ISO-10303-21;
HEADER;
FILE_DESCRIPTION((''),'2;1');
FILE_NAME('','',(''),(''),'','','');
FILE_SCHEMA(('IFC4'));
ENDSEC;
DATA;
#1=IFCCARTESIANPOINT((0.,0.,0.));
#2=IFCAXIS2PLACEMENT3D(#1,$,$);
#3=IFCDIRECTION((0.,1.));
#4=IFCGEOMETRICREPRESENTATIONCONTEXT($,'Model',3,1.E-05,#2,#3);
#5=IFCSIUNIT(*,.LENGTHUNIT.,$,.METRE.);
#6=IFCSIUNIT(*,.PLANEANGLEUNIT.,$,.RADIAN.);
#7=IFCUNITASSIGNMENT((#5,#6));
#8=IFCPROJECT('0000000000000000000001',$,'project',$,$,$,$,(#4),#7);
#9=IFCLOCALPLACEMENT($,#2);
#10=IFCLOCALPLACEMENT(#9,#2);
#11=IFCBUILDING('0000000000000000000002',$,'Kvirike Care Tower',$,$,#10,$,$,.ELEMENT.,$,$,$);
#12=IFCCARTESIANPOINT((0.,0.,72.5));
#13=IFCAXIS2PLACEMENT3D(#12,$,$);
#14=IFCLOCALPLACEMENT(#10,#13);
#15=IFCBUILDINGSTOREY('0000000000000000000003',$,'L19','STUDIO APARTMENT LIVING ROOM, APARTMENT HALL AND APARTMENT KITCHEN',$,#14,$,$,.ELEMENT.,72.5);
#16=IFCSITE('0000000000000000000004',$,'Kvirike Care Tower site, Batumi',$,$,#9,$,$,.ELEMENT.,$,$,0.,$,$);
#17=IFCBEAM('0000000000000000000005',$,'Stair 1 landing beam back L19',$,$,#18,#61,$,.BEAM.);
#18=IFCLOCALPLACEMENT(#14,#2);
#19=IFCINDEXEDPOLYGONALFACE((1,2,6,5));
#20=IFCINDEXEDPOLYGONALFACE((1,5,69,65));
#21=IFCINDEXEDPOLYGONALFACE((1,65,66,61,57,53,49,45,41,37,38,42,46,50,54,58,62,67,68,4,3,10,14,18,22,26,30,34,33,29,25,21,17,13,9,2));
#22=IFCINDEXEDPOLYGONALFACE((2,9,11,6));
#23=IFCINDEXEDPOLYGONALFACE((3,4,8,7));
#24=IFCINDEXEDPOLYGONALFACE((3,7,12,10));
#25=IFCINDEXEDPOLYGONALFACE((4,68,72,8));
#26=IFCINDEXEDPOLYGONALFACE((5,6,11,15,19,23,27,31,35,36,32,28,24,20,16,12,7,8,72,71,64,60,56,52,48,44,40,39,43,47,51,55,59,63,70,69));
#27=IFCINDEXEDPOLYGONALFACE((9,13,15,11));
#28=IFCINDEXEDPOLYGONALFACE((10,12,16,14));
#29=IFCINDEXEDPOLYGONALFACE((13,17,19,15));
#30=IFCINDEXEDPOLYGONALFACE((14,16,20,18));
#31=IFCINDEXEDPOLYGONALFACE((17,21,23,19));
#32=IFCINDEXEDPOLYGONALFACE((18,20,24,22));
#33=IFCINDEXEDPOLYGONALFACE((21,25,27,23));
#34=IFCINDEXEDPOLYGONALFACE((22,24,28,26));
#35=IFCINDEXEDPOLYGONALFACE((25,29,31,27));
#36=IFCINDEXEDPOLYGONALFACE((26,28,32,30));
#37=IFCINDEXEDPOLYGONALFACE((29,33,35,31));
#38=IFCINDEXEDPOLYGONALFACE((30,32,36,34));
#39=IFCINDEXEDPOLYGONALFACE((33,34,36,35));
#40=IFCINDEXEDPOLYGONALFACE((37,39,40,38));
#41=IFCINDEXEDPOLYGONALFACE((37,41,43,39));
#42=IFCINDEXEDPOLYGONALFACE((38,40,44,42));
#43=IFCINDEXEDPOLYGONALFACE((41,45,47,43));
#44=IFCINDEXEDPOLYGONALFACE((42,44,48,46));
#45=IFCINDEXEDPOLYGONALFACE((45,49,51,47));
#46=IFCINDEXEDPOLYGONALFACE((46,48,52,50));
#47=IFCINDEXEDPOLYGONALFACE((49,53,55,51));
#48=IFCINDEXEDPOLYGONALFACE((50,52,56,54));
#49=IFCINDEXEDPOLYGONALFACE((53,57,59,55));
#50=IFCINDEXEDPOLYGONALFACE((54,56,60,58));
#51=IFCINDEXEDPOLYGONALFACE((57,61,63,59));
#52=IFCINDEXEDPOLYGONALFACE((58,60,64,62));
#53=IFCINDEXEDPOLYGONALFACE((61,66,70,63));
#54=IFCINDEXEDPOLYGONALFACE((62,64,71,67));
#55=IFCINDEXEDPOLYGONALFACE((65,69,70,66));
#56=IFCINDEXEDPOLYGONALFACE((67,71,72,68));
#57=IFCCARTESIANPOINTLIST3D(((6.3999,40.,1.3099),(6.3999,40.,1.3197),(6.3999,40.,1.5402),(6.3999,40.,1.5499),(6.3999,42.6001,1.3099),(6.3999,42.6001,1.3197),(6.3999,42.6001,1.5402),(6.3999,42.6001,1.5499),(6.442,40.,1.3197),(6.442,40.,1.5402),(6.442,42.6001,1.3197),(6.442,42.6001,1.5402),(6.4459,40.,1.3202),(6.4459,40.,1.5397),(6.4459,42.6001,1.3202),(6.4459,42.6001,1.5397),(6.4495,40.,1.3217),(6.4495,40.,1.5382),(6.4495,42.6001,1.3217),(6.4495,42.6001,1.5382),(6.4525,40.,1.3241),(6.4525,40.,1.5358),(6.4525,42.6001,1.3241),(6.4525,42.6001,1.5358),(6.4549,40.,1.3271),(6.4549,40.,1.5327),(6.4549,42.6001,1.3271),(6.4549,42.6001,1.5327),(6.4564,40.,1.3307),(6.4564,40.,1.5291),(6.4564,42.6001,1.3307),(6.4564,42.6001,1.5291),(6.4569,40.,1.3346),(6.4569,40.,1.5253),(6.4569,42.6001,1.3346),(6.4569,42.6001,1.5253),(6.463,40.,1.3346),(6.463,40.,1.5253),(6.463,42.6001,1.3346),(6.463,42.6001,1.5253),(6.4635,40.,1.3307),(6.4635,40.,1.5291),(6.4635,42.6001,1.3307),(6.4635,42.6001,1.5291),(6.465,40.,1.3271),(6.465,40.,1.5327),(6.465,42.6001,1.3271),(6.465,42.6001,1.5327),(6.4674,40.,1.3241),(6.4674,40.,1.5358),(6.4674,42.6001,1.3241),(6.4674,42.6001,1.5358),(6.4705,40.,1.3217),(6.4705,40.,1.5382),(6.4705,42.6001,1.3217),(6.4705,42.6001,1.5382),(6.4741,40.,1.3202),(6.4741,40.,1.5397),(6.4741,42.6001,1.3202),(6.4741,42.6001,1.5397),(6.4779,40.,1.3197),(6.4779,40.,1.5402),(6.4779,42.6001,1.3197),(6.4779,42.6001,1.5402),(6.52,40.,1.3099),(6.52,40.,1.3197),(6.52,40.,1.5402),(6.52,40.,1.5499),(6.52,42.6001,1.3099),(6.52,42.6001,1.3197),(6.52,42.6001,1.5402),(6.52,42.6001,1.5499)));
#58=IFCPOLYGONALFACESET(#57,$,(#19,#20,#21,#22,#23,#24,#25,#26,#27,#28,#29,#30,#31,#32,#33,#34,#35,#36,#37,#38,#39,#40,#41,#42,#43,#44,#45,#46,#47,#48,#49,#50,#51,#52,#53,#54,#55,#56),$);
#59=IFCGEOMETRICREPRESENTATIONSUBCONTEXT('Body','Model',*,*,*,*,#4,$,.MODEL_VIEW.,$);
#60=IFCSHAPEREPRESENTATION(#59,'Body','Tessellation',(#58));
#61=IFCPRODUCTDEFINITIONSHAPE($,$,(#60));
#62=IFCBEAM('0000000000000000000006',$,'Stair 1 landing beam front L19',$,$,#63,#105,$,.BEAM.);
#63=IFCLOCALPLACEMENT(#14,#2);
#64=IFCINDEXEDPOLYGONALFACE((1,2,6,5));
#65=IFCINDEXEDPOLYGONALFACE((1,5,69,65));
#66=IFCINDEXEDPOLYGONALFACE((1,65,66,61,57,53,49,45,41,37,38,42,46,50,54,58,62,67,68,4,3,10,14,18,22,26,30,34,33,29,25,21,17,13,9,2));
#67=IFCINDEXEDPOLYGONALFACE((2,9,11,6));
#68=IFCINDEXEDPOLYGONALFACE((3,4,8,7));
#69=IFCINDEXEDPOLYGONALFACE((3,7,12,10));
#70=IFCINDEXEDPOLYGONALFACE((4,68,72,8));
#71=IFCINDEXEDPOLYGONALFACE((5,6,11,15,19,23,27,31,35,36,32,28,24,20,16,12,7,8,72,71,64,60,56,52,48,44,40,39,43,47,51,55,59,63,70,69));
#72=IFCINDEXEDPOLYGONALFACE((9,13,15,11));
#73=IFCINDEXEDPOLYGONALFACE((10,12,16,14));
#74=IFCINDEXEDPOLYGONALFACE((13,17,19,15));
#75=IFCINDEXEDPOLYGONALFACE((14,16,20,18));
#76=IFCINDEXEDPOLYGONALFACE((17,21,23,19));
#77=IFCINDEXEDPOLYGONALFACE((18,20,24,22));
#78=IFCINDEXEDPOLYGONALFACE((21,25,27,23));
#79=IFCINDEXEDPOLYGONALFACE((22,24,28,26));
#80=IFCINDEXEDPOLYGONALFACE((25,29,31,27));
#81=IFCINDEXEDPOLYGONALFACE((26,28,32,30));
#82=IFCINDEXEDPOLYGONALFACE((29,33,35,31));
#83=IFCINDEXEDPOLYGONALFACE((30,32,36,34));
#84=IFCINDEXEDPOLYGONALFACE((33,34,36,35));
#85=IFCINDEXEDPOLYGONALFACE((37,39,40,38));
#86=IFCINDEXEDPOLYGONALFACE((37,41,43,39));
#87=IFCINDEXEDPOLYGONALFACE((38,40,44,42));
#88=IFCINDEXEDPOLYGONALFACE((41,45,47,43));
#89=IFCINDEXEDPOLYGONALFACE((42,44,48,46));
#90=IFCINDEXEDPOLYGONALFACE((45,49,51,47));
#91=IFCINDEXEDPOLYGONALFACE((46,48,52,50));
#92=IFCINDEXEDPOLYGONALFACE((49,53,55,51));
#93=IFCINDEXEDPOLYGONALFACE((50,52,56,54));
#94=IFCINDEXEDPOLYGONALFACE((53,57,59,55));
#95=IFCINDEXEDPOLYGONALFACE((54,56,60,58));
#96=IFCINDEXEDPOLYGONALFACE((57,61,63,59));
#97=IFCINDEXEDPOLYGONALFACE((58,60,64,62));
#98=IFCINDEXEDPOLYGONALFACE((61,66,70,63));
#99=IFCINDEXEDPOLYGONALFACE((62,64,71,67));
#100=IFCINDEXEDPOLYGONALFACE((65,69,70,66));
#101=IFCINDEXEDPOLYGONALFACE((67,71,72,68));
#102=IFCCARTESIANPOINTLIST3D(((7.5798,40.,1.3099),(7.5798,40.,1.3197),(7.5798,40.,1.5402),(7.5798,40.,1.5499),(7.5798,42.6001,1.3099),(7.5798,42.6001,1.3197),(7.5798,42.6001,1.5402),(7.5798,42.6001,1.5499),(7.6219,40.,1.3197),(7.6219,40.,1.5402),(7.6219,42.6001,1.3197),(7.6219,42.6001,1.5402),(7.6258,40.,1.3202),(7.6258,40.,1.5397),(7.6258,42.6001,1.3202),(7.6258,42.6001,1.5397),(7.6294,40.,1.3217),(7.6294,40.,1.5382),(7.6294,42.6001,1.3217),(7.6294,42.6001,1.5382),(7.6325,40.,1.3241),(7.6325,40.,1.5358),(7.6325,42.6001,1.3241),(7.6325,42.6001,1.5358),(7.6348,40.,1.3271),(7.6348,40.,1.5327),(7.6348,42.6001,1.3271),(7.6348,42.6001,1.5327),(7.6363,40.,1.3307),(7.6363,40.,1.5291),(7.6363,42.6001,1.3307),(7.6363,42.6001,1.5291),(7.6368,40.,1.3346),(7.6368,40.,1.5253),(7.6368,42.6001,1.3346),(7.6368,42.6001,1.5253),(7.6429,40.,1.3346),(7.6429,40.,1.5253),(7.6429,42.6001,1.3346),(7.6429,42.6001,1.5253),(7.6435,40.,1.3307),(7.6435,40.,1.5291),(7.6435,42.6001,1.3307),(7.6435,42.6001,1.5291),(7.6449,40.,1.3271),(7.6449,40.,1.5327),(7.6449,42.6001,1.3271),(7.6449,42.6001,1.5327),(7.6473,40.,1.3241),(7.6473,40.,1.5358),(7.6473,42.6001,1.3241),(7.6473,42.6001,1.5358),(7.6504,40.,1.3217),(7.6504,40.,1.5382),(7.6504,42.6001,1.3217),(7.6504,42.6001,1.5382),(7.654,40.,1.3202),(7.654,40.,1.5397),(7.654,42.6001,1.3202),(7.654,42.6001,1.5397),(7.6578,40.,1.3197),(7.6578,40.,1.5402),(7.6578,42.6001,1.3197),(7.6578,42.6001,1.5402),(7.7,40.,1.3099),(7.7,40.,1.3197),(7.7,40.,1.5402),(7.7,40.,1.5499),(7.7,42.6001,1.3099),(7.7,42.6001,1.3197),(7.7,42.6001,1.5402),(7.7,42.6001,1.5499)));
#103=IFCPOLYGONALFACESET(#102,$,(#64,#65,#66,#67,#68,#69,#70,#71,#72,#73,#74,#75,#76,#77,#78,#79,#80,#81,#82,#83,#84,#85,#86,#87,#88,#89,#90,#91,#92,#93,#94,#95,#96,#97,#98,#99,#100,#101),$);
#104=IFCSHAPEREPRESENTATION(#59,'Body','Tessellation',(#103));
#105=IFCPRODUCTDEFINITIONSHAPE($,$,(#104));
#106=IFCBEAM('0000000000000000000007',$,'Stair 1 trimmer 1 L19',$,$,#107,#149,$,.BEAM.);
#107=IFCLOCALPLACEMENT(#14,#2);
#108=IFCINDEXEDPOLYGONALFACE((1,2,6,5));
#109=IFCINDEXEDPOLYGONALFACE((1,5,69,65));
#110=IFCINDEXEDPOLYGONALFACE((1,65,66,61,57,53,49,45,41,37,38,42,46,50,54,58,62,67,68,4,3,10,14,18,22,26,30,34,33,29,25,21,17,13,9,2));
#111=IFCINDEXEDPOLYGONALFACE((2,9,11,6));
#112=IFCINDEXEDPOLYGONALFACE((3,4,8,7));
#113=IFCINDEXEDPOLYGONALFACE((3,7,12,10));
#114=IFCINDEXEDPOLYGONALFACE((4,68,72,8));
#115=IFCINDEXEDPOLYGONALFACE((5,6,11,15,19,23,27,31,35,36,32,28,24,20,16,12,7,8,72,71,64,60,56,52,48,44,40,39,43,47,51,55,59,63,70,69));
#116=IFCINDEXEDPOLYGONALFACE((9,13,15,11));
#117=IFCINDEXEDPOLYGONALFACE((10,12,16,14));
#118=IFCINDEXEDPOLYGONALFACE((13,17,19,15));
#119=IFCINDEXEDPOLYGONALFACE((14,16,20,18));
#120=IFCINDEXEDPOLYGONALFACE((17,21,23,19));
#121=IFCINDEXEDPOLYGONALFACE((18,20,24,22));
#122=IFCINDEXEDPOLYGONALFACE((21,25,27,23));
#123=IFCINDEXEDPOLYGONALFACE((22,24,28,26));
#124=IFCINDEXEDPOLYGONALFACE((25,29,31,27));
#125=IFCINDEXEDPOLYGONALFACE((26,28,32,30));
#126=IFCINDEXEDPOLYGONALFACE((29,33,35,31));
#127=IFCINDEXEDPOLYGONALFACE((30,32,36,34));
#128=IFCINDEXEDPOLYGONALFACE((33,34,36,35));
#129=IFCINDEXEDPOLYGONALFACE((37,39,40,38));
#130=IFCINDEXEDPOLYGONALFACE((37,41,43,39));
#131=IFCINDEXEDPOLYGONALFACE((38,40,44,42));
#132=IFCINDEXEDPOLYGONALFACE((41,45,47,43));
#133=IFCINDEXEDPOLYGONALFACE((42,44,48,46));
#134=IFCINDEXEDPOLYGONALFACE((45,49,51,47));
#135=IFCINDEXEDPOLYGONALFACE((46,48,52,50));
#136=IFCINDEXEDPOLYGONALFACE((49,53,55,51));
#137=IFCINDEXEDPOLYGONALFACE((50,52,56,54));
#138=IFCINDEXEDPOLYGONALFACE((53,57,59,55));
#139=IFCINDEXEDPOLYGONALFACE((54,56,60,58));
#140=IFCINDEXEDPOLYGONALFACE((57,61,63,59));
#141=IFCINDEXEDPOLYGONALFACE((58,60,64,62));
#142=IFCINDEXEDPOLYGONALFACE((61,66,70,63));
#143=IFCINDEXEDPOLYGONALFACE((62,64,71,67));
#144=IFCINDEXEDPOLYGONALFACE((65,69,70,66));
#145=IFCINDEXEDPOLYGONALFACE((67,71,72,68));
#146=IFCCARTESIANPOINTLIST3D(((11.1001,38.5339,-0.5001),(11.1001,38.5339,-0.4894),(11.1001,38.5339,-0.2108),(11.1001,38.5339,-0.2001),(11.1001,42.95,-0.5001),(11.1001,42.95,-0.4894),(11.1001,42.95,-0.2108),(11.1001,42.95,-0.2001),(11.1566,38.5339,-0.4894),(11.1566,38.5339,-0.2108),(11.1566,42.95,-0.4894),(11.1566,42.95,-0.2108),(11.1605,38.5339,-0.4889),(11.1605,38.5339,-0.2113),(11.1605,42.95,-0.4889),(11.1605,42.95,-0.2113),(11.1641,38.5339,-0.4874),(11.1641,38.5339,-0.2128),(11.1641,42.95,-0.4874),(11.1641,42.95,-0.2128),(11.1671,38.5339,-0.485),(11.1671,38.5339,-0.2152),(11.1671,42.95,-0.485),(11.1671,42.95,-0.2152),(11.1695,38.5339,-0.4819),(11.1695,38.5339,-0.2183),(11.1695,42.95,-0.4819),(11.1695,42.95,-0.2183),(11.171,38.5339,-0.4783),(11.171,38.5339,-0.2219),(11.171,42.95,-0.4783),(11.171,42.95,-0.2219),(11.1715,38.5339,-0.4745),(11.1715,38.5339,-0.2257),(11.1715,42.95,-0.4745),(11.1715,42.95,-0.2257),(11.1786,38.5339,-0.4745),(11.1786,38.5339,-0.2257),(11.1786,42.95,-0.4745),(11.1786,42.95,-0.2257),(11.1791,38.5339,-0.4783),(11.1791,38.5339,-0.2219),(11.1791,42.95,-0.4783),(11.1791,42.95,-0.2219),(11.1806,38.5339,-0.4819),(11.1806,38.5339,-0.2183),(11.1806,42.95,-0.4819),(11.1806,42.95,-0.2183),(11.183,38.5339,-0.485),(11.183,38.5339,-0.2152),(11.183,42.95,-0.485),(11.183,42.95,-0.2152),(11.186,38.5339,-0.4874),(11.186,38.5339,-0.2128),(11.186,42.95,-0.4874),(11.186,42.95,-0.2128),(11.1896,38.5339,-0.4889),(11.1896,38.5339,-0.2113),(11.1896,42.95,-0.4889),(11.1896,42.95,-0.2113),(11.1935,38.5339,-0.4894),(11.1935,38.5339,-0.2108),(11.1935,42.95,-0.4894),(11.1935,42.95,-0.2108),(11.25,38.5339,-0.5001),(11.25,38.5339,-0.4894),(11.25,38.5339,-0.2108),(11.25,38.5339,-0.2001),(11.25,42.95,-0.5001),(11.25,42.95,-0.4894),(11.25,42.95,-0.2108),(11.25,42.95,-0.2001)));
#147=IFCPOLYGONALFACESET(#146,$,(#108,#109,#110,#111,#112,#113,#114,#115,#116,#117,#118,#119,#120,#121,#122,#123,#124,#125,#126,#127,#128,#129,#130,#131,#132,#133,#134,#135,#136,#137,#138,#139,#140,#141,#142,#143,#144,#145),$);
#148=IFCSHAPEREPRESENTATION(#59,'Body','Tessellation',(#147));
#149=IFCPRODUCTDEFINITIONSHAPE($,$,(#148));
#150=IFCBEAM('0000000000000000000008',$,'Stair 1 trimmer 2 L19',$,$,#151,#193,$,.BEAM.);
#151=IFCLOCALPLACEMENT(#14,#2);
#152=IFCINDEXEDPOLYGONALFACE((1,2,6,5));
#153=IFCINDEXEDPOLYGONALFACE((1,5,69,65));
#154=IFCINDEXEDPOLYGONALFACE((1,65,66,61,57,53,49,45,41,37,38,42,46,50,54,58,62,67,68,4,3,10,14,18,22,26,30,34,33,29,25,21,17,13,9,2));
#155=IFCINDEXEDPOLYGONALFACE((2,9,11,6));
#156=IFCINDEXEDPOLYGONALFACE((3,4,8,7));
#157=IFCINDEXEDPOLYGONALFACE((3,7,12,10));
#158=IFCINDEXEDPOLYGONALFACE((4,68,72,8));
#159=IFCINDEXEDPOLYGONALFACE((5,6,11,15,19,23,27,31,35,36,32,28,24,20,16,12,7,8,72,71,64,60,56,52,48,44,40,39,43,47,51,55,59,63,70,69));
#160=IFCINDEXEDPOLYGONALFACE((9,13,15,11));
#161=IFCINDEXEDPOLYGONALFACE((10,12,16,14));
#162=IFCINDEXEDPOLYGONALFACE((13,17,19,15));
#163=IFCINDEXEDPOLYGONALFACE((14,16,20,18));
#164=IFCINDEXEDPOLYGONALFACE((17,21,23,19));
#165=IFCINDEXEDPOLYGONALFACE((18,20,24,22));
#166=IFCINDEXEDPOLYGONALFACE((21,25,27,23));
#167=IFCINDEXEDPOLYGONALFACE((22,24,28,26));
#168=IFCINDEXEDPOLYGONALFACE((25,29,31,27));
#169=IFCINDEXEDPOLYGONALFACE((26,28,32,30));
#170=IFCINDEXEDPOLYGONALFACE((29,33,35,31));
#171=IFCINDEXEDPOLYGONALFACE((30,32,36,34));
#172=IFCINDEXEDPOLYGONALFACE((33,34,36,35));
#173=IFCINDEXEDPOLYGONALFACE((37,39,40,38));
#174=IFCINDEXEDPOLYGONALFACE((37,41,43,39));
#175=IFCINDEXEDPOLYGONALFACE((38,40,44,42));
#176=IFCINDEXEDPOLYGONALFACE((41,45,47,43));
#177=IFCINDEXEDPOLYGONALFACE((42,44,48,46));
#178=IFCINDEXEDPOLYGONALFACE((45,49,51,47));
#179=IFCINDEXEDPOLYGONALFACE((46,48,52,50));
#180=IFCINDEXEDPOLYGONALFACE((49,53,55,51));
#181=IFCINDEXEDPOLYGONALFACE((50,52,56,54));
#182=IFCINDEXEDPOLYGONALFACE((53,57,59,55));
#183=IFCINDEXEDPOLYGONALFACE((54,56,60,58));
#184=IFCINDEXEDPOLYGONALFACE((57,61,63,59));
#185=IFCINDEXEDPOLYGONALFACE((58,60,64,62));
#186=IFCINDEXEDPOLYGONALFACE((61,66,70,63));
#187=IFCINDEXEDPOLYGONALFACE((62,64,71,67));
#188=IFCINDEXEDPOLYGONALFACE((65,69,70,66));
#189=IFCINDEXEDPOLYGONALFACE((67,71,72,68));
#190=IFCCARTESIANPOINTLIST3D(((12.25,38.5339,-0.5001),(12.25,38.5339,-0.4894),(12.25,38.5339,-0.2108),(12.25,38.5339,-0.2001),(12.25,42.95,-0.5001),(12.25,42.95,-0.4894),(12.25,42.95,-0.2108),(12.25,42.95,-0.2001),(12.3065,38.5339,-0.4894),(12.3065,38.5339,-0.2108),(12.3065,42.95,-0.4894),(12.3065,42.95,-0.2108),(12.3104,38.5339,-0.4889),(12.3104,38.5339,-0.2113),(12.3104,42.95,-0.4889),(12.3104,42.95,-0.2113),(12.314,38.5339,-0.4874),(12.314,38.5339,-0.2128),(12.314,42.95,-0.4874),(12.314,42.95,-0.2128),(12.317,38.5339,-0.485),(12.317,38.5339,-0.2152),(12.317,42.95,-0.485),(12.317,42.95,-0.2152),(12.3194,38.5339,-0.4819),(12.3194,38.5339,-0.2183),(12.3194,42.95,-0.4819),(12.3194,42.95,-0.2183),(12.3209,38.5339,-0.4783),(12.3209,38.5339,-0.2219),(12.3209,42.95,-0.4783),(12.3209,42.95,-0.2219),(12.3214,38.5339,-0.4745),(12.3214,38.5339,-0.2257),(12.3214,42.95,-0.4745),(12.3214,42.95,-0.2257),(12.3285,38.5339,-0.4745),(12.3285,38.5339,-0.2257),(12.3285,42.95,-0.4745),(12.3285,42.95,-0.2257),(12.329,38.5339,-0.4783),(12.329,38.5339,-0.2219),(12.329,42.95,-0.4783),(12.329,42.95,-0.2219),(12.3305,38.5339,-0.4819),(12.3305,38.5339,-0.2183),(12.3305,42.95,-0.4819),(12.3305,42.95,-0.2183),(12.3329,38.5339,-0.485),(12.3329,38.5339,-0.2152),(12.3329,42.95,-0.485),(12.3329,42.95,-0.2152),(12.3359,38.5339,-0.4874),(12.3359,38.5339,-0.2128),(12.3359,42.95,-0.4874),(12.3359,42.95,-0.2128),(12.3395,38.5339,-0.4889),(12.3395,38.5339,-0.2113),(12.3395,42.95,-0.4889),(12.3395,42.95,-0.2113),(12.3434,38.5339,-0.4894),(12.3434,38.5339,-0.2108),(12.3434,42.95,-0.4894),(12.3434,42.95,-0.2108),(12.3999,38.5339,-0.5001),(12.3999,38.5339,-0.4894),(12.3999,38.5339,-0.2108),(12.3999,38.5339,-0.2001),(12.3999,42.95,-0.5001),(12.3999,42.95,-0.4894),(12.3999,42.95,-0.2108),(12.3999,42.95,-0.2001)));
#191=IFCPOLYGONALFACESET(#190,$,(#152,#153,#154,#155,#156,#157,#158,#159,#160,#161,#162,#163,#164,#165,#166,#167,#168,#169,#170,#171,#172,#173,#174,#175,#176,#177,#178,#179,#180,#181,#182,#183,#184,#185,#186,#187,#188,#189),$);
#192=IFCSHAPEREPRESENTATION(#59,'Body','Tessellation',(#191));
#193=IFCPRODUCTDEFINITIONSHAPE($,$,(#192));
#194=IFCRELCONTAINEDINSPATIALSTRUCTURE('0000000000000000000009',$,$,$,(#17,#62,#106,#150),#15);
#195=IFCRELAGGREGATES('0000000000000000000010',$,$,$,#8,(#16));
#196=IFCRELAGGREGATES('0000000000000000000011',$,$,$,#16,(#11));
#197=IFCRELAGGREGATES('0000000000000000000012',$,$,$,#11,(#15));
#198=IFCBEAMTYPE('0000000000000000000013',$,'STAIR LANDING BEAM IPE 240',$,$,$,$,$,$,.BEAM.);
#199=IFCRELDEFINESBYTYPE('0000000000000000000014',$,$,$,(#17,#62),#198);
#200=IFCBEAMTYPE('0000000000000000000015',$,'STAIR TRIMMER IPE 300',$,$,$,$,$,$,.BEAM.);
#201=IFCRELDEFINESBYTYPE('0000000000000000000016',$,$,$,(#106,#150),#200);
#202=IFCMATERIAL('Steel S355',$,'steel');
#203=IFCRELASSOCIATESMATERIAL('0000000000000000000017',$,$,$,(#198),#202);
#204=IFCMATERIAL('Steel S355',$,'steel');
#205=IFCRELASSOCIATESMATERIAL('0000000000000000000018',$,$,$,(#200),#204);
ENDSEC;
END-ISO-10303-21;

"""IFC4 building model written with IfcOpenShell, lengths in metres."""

from ifc_helpers import new_model, si_unit, direction, frame, origin, origin_2d, place, context, subcontext, project, spatial, i_section, extrude, material, material_profile, profile_set, type_object, element, save


model = new_model("IFC4")

# Units and contexts
model_context = context("Model", 3, precision=1e-05, world=origin(), true_north=direction((0.0, 1.0)))
body_context = subcontext(model_context, "Body", "Model", "MODEL_VIEW")
ifc_project = project(units=[si_unit("LENGTHUNIT", "METRE"), si_unit("PLANEANGLEUNIT", "RADIAN")], contexts=[model_context])

# Site, building, storey
site_placement = place(None, origin())
site = spatial("IfcSite", under=ifc_project, at=site_placement, Name="Kvirike Care Tower site, Batumi", CompositionType="ELEMENT", RefElevation=0.0)
building_placement = place(site_placement, origin())
building = spatial("IfcBuilding", under=site, at=building_placement, Name="Kvirike Care Tower", CompositionType="ELEMENT")
storey_placement = place(building_placement, frame((0.0, 0.0, 72.5)))
storey = spatial("IfcBuildingStorey", under=building, at=storey_placement, Name="L19", Description="STUDIO APARTMENT LIVING ROOM, APARTMENT HALL AND APARTMENT KITCHEN", CompositionType="ELEMENT", Elevation=72.5)

# Beams
ifc_material_1 = material(Name="Steel S355", Category="steel")
ifc_material_profile_1 = material_profile(ifc_material_1, i_section(OverallWidth=0.1201, OverallDepth=0.24, WebThickness=0.0061, FlangeThickness=0.0098, FilletRadius=0.0149, at=origin_2d()), Name="IPE 240")
ifc_profile_set_1 = profile_set([ifc_material_profile_1], Name="Steel S355")
beam_type_1 = type_object("IfcBeamType", Name="STAIR LANDING BEAM IPE 240", PredefinedType="BEAM", material=ifc_profile_set_1)
for number, where, z_axis, x_axis, name in (
    (1, (6.46, 42.6001, 1.4299), (0.0, -1.0, 0.0), (1.0, 0.0, 0.0), "Stair 1 landing beam back L19"),
    (2, (7.6399, 42.6001, 1.4299), (0.0, -1.0, 0.0), (1.0, 0.0, 0.0), "Stair 1 landing beam front L19"),
):
    element("IfcBeam", number, at=place(storey_placement, frame(where, z_axis=z_axis, x_axis=x_axis)), inside=storey, type_object=beam_type_1, Name=name, PredefinedType="BEAM", context=body_context, shape_type="SweptSolid", body=[
        extrude(i_section(OverallWidth=0.1201, OverallDepth=0.24, WebThickness=0.0061, FlangeThickness=0.0098, FilletRadius=0.0149, at=origin_2d()), origin(), (0.0, 0.0, 1.0), 2.6001),
    ])
ifc_material_2 = material(Name="Steel S355", Category="steel")
ifc_material_profile_2 = material_profile(ifc_material_2, i_section(OverallWidth=0.1499, OverallDepth=0.3, WebThickness=0.0071, FlangeThickness=0.0107, FilletRadius=0.0149, at=origin_2d()), Name="IPE 300")
ifc_profile_set_2 = profile_set([ifc_material_profile_2], Name="Steel S355")
beam_type_2 = type_object("IfcBeamType", Name="STAIR TRIMMER IPE 300", PredefinedType="BEAM", material=ifc_profile_set_2)
for number, where, z_axis, x_axis, name in (
    (3, (11.175, 42.95, -0.3501), (0.0, -1.0, 0.0), (1.0, 0.0, 0.0), "Stair 1 trimmer 1 L19"),
    (4, (12.325, 42.95, -0.3501), (0.0, -1.0, 0.0), (1.0, 0.0, 0.0), "Stair 1 trimmer 2 L19"),
):
    element("IfcBeam", number, at=place(storey_placement, frame(where, z_axis=z_axis, x_axis=x_axis)), inside=storey, type_object=beam_type_2, Name=name, PredefinedType="BEAM", context=body_context, shape_type="SweptSolid", body=[
        extrude(i_section(OverallWidth=0.1499, OverallDepth=0.3, WebThickness=0.0071, FlangeThickness=0.0107, FilletRadius=0.0149, at=origin_2d()), origin(), (0.0, 0.0, 1.0), 4.416),
    ])

save(model, "model.ifc")
